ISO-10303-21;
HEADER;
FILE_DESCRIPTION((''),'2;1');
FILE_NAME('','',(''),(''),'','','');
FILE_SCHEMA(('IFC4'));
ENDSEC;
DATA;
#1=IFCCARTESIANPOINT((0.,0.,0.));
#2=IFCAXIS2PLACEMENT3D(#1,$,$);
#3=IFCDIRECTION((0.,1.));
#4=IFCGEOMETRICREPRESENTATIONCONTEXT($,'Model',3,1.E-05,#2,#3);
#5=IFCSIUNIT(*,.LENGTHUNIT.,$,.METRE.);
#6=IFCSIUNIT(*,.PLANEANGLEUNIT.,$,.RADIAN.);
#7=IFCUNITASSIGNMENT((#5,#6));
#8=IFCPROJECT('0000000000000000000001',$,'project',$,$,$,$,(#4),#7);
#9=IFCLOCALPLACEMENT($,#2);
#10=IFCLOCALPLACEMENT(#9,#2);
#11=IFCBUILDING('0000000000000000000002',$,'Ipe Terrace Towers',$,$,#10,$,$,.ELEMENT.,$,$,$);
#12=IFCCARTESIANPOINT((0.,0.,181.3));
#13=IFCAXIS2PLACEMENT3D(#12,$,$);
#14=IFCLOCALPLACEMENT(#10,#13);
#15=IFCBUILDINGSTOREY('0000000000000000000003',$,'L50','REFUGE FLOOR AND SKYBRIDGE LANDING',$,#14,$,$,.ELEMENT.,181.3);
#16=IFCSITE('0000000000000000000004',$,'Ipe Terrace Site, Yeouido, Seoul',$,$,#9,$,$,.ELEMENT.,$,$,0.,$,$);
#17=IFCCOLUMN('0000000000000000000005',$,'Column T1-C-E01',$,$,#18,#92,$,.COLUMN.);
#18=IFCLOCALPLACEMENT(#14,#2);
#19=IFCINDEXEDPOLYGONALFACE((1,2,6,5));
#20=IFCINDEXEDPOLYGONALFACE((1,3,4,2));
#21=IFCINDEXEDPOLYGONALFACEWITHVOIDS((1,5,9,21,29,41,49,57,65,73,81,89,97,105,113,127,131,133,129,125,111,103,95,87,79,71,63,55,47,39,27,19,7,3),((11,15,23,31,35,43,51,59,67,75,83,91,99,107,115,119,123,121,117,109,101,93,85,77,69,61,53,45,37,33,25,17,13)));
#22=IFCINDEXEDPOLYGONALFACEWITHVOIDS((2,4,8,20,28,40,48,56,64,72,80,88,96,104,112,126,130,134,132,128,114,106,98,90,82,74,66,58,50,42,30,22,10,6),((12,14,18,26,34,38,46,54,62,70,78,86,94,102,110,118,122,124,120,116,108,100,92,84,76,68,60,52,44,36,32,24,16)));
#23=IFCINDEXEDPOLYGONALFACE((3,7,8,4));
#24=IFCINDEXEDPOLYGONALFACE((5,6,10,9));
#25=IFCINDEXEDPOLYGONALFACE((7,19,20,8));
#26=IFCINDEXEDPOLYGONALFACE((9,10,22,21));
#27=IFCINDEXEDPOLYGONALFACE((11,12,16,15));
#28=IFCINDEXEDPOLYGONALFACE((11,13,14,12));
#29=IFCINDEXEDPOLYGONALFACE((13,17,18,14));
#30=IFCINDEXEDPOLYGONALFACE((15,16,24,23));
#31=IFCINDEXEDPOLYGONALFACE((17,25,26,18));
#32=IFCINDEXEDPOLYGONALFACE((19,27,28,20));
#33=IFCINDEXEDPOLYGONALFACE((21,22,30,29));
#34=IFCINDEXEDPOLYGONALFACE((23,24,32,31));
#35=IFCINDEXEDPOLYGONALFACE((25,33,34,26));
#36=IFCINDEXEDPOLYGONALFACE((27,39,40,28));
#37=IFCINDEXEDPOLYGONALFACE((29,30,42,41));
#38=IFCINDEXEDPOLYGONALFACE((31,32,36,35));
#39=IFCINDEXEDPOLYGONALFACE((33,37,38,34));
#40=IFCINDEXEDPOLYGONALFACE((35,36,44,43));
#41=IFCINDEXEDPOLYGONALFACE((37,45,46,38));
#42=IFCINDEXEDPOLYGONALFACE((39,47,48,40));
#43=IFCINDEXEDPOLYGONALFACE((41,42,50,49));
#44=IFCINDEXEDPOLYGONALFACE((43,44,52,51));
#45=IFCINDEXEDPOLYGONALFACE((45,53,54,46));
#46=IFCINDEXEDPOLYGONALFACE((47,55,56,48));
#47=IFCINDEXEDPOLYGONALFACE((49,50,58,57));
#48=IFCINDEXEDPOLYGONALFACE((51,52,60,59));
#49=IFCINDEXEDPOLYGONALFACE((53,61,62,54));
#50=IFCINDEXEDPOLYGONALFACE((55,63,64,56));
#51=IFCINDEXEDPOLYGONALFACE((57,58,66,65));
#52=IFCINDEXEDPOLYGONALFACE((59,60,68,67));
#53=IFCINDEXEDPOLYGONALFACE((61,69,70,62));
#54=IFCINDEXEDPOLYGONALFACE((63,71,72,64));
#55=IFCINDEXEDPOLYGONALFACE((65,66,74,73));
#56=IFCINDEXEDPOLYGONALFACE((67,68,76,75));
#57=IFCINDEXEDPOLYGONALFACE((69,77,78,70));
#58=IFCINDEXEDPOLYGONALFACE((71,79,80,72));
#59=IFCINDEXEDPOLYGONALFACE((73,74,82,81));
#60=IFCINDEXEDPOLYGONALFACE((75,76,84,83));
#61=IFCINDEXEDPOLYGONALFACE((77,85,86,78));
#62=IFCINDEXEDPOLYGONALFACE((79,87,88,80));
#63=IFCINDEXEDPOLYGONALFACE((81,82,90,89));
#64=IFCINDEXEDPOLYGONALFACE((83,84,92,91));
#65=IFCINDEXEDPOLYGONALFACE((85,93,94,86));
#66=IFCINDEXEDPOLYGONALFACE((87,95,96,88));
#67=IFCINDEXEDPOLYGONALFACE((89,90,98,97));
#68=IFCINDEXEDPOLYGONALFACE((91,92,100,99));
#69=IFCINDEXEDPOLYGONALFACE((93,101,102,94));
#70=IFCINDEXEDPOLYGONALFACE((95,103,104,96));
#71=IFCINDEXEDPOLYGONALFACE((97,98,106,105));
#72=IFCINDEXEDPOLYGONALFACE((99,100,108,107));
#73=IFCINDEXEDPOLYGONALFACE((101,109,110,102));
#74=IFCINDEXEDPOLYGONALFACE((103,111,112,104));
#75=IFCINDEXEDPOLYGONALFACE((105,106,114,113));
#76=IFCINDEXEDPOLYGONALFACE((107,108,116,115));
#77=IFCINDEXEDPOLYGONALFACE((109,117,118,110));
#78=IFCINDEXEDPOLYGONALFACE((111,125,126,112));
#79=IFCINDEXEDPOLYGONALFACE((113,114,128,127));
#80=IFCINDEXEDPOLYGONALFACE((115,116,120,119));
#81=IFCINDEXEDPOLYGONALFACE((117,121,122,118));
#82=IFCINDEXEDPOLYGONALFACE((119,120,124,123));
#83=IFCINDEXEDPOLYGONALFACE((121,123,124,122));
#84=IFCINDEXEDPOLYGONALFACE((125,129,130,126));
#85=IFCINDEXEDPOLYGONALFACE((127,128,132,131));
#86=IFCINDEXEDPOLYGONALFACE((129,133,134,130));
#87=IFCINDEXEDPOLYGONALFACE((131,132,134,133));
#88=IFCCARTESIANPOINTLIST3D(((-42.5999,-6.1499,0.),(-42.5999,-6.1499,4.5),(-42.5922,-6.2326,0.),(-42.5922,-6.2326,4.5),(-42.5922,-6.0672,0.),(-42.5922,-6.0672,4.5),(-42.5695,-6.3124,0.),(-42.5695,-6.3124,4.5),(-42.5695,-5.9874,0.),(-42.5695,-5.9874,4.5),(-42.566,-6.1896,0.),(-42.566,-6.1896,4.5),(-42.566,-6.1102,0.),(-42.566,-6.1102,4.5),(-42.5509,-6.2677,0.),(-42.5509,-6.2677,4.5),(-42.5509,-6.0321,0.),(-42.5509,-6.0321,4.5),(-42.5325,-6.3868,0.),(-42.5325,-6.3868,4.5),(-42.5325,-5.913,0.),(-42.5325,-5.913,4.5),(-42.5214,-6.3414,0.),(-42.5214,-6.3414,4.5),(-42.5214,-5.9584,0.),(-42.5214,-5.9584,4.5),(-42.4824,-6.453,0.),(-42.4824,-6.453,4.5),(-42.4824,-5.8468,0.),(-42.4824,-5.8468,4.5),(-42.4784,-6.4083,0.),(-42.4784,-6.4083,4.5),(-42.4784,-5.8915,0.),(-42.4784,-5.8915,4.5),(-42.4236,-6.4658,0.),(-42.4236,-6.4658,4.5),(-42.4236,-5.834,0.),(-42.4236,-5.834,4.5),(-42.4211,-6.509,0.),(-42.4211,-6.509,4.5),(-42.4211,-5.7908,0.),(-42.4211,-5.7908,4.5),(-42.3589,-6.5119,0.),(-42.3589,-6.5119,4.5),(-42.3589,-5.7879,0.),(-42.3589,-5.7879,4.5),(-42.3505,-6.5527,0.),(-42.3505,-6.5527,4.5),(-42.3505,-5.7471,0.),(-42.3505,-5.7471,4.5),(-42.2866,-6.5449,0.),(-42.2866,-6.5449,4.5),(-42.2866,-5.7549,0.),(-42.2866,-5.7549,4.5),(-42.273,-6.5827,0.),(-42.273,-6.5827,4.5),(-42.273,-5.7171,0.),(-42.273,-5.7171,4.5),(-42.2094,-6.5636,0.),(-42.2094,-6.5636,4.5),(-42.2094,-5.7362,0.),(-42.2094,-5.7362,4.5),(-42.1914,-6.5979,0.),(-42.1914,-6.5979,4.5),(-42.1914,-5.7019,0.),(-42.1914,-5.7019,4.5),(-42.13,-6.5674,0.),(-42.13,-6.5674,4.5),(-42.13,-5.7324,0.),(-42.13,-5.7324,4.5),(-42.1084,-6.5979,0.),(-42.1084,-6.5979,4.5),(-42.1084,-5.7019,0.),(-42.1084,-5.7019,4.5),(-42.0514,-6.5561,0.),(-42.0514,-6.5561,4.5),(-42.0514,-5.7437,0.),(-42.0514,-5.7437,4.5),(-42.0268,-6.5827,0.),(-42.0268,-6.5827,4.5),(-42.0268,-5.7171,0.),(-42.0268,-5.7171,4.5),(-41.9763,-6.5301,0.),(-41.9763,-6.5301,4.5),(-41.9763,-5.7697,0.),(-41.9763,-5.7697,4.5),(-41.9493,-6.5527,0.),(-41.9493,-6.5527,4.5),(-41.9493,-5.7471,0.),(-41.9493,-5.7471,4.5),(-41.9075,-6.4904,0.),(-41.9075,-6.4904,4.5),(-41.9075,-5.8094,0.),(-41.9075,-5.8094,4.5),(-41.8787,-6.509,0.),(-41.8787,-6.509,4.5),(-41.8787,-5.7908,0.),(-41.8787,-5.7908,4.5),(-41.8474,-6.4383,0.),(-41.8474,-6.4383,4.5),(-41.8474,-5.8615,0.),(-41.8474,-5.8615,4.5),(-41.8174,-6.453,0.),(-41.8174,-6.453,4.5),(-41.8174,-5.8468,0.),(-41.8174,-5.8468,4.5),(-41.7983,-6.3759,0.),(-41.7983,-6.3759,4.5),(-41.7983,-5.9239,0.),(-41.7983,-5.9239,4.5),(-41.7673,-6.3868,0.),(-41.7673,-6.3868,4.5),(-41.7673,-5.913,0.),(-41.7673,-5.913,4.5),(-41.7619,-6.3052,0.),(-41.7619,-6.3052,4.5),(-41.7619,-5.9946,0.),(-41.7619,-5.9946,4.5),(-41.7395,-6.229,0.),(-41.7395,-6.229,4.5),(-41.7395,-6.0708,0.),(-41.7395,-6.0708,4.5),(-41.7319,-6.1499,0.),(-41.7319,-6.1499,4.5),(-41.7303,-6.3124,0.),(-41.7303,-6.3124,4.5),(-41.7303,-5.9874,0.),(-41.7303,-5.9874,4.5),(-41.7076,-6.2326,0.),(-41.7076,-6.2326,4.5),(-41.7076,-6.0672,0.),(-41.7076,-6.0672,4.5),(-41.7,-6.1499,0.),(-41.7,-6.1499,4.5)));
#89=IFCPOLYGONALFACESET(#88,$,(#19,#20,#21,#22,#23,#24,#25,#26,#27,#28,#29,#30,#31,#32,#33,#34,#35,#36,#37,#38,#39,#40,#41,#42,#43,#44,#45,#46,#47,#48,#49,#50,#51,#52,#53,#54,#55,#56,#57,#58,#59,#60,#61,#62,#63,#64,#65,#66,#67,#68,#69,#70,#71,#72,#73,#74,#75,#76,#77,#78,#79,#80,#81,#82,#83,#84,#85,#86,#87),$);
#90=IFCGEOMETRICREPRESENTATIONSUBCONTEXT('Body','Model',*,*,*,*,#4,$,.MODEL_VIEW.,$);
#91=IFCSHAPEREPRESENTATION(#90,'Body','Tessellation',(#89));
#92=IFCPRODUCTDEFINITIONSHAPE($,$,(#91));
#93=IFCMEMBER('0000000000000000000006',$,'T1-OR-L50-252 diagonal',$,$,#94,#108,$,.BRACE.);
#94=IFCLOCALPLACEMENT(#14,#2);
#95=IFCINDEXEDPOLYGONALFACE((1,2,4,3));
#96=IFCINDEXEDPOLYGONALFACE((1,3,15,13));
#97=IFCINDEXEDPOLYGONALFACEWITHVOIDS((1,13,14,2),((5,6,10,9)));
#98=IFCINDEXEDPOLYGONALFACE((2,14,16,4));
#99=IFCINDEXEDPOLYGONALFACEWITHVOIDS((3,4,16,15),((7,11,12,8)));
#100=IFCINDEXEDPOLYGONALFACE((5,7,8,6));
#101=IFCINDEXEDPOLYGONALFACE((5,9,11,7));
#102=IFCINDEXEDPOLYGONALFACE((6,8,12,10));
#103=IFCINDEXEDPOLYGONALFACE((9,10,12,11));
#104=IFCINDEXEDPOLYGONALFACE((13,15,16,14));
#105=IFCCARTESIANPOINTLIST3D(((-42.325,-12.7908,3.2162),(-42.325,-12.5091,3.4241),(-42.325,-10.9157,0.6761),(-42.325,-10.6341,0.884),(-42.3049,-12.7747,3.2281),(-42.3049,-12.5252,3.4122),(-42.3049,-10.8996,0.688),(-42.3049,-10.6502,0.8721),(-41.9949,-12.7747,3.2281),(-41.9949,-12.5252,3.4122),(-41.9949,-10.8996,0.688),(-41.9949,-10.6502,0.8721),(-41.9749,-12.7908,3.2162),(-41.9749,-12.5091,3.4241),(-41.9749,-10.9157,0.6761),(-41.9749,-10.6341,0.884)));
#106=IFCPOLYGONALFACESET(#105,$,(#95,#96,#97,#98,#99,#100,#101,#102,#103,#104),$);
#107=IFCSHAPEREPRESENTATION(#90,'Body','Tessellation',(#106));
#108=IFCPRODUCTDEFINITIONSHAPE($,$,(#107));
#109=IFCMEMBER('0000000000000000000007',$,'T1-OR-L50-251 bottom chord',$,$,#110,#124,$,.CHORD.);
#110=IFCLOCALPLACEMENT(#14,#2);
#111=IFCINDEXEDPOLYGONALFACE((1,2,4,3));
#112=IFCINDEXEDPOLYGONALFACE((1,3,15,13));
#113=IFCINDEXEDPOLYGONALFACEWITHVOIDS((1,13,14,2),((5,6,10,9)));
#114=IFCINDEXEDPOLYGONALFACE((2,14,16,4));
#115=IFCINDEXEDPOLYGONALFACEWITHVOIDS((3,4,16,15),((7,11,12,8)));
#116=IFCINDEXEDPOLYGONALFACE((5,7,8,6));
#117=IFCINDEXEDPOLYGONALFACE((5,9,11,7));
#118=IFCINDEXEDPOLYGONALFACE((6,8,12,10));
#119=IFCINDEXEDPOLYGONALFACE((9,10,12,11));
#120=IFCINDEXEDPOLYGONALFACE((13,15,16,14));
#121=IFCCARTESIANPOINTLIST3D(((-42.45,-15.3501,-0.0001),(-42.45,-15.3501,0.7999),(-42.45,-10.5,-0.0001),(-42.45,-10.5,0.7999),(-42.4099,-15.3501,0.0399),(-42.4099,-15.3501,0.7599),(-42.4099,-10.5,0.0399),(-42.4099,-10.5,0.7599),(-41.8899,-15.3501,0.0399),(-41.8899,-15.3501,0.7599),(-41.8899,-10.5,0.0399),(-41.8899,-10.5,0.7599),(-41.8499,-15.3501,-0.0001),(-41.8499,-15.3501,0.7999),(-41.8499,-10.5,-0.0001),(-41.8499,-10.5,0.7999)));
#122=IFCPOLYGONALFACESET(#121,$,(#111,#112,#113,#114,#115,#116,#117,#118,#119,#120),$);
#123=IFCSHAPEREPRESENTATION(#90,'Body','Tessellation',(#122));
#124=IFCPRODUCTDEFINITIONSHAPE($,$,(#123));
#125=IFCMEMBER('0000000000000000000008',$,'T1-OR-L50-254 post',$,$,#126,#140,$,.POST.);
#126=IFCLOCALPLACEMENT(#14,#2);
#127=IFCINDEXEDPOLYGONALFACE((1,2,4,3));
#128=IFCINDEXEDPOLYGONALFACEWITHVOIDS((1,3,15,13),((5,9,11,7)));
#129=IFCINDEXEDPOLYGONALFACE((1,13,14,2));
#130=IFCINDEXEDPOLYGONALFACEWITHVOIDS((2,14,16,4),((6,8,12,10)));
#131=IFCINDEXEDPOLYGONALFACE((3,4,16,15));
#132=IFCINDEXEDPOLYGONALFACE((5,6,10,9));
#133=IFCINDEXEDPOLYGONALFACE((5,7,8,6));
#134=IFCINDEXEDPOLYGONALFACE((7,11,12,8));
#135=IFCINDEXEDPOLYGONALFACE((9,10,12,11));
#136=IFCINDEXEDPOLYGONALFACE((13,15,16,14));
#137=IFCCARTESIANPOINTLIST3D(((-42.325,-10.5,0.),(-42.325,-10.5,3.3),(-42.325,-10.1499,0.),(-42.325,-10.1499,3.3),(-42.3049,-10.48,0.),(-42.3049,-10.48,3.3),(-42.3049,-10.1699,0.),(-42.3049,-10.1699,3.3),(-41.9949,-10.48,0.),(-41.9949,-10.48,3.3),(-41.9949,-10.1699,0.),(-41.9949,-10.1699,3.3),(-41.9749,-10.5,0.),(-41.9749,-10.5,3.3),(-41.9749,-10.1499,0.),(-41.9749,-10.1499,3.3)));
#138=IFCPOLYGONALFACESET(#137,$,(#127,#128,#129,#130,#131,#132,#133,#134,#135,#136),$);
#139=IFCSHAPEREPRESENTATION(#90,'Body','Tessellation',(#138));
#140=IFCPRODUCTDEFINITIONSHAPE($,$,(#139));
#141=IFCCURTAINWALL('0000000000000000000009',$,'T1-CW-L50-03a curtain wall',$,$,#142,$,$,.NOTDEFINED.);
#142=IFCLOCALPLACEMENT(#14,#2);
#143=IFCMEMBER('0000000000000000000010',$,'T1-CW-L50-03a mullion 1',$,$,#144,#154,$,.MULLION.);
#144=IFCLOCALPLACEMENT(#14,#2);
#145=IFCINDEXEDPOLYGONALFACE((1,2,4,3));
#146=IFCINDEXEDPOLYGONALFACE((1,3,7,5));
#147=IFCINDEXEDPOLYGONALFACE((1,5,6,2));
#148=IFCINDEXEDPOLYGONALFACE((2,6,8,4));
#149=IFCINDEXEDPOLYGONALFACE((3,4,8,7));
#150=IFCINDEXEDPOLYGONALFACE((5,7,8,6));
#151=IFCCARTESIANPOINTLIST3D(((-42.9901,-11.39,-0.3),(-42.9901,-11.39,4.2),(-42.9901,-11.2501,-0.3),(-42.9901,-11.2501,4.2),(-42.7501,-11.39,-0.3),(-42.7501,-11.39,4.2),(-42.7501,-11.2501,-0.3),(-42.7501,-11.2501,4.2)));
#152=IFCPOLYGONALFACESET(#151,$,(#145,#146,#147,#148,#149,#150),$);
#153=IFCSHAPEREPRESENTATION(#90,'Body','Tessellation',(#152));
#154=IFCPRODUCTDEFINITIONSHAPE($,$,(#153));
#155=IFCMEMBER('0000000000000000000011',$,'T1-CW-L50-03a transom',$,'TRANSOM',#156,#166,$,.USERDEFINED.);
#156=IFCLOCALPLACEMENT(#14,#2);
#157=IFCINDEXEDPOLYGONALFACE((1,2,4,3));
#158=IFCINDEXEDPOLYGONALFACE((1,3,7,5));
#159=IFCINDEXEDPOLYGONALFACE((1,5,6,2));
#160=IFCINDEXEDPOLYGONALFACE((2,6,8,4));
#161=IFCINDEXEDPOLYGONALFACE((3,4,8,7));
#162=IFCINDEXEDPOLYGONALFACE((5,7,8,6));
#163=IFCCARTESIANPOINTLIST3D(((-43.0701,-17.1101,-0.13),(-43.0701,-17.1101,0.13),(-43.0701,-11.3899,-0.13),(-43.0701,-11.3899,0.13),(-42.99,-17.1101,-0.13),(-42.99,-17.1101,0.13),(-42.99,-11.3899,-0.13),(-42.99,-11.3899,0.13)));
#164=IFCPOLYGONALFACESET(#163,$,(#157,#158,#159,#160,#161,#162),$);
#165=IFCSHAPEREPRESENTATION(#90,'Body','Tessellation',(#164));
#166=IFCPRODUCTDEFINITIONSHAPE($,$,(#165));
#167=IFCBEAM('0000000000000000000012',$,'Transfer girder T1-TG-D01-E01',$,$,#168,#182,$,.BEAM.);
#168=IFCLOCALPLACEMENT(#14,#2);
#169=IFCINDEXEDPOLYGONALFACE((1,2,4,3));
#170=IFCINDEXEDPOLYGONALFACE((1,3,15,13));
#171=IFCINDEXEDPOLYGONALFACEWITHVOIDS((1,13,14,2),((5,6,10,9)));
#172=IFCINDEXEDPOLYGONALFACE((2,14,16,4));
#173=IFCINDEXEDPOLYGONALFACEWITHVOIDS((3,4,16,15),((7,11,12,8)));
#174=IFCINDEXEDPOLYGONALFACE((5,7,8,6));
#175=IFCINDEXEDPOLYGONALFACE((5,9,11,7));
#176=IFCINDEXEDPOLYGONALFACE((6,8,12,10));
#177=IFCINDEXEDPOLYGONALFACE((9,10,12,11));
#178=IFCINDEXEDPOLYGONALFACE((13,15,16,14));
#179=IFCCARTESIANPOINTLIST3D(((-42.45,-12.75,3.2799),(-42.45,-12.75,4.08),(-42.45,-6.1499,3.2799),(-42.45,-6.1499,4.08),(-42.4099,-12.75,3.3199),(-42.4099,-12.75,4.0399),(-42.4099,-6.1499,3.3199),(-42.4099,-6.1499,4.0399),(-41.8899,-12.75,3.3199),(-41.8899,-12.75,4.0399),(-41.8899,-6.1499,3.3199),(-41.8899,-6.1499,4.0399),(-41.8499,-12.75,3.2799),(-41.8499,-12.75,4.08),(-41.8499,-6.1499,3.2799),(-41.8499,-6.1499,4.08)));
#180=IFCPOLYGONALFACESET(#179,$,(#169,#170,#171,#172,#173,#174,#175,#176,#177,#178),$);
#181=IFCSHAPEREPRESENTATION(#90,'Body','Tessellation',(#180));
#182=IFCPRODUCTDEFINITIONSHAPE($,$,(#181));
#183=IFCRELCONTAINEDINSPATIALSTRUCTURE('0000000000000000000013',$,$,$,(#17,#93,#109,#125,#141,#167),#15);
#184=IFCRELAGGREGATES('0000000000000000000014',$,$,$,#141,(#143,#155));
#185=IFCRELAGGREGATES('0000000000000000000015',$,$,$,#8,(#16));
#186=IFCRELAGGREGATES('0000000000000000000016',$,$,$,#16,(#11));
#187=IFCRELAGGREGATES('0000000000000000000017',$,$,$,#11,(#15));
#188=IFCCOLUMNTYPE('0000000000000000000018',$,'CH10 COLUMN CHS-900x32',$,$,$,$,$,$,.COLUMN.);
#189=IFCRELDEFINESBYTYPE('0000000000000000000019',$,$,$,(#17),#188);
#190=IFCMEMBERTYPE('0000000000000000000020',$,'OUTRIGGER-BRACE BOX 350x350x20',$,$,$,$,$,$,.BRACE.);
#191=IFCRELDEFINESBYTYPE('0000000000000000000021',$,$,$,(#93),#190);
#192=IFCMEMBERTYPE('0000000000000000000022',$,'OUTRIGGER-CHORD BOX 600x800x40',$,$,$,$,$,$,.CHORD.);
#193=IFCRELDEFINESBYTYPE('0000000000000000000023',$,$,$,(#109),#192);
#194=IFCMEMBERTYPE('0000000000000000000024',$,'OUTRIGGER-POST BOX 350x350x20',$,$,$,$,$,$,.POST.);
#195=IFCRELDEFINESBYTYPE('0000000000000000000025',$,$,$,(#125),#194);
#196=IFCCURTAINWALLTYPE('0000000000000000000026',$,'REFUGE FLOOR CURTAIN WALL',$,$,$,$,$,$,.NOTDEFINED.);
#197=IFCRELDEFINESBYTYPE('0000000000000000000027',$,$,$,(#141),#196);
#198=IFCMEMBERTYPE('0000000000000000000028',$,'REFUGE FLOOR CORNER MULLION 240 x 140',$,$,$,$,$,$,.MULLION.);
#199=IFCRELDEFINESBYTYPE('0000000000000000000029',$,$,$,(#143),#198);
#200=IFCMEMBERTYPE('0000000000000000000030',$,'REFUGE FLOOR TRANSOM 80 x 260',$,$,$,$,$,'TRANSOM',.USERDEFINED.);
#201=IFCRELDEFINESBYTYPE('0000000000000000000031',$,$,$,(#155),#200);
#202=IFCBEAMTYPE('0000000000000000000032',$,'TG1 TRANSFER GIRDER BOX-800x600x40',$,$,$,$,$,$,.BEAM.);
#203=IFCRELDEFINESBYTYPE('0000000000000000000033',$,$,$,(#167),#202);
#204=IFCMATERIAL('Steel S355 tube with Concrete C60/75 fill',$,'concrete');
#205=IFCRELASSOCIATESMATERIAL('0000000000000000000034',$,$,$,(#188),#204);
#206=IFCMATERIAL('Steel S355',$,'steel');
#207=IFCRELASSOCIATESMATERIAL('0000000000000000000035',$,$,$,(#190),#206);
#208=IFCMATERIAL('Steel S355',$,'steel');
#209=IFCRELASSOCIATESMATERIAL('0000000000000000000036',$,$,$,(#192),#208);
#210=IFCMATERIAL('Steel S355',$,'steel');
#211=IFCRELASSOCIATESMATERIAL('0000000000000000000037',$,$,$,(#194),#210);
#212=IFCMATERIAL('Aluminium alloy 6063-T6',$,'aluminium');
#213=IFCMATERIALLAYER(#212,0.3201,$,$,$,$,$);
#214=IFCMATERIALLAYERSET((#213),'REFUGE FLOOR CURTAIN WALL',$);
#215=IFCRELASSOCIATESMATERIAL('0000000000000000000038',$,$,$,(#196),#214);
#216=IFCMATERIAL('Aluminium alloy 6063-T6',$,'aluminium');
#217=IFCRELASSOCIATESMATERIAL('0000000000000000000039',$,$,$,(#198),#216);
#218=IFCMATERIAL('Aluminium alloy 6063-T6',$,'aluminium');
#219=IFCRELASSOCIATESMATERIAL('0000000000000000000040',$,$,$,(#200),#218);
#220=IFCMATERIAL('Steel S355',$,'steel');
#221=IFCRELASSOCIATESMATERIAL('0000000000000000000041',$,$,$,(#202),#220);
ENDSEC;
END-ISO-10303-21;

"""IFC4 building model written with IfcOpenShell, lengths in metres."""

from ifc_helpers import new_model, si_unit, direction, frame, origin, origin_2d, place, context, subcontext, project, spatial, rectangle, hollow_rectangle, hollow_circle, extrude, material, layer, layer_set, material_profile, profile_set, type_object, element, aggregate, save


model = new_model("IFC4")

# Units and contexts
model_context = context("Model", 3, precision=1e-05, world=origin(), true_north=direction((0.0, 1.0)))
body_context = subcontext(model_context, "Body", "Model", "MODEL_VIEW")
ifc_project = project(units=[si_unit("LENGTHUNIT", "METRE"), si_unit("PLANEANGLEUNIT", "RADIAN")], contexts=[model_context])

# Site, building, storey
site_placement = place(None, origin())
site = spatial("IfcSite", under=ifc_project, at=site_placement, Name="Ipe Terrace Site, Yeouido, Seoul", CompositionType="ELEMENT", RefElevation=0.0)
building_placement = place(site_placement, origin())
building = spatial("IfcBuilding", under=site, at=building_placement, Name="Ipe Terrace Towers", CompositionType="ELEMENT")
storey_placement = place(building_placement, frame((0.0, 0.0, 181.3)))
storey = spatial("IfcBuildingStorey", under=building, at=storey_placement, Name="L50", Description="REFUGE FLOOR AND SKYBRIDGE LANDING", CompositionType="ELEMENT", Elevation=181.3)

# Column
ifc_material_1 = material(Name="Steel S355 tube with Concrete C60/75 fill", Category="concrete")
ifc_material_profile_1 = material_profile(ifc_material_1, hollow_circle(Radius=0.45, WallThickness=0.032, at=origin_2d()), Name="CHS-900x32")
ifc_profile_set_1 = profile_set([ifc_material_profile_1], Name="Steel S355 tube with Concrete C60/75 fill")
column_type = type_object("IfcColumnType", Name="CH10 COLUMN CHS-900x32", PredefinedType="COLUMN", material=ifc_profile_set_1)
column_placement = place(storey_placement, frame((-42.1499, -6.1499, 0.0), z_axis=(0.0, 0.0, 1.0), x_axis=(1.0, 0.0, 0.0)))
element("IfcColumn", 1, at=column_placement, inside=storey, type_object=column_type, Name="Column T1-C-E01", PredefinedType="COLUMN", context=body_context, shape_type="SweptSolid", body=[
    extrude(hollow_circle(Radius=0.45, WallThickness=0.032, at=origin_2d()), origin(), (0.0, 0.0, 1.0), 4.5),
])

# Members
ifc_material_2 = material(Name="Steel S355", Category="steel")
ifc_material_profile_2 = material_profile(ifc_material_2, hollow_rectangle(XDim=0.3501, YDim=0.3501, WallThickness=0.02, at=origin_2d()), Name="OUTRIGGER-BRACE BOX 350x350x20")
ifc_profile_set_2 = profile_set([ifc_material_profile_2], Name="Steel S355")
member_type_1 = type_object("IfcMemberType", Name="OUTRIGGER-BRACE BOX 350x350x20", PredefinedType="BRACE", material=ifc_profile_set_2)
member_1_placement = place(storey_placement, frame((-42.1499, -10.7749, 0.78), z_axis=(0.0, -0.593895, 0.804542), x_axis=(1.0, 0.0, 0.0)))
element("IfcMember", 2, at=member_1_placement, inside=storey, type_object=member_type_1, Name="T1-OR-L50-252 diagonal", PredefinedType="BRACE", context=body_context, shape_type="SweptSolid", body=[
    extrude(hollow_rectangle(XDim=0.3501, YDim=0.3501, WallThickness=0.02, at=origin_2d()), origin(), (0.0, 0.0, 1.0), 3.1572),
])
ifc_material_3 = material(Name="Steel S355", Category="steel")
ifc_material_profile_3 = material_profile(ifc_material_3, hollow_rectangle(XDim=0.6001, YDim=0.8, WallThickness=0.04, at=origin_2d()), Name="OUTRIGGER-CHORD BOX 600x800x40")
ifc_profile_set_3 = profile_set([ifc_material_profile_3], Name="Steel S355")
member_type_2 = type_object("IfcMemberType", Name="OUTRIGGER-CHORD BOX 600x800x40", PredefinedType="CHORD", material=ifc_profile_set_3)
member_2_placement = place(storey_placement, frame((-42.1499, -10.5, 0.3999), z_axis=(0.0, -1.0, 0.0), x_axis=(1.0, 0.0, 0.0)))
element("IfcMember", 3, at=member_2_placement, inside=storey, type_object=member_type_2, Name="T1-OR-L50-251 bottom chord", PredefinedType="CHORD", context=body_context, shape_type="SweptSolid", body=[
    extrude(hollow_rectangle(XDim=0.6001, YDim=0.8, WallThickness=0.04, at=origin_2d()), origin(), (0.0, 0.0, 1.0), 4.8501),
])
ifc_material_4 = material(Name="Steel S355", Category="steel")
ifc_material_profile_4 = material_profile(ifc_material_4, hollow_rectangle(XDim=0.3501, YDim=0.3501, WallThickness=0.02, at=origin_2d()), Name="OUTRIGGER-POST BOX 350x350x20")
ifc_profile_set_4 = profile_set([ifc_material_profile_4], Name="Steel S355")
member_type_3 = type_object("IfcMemberType", Name="OUTRIGGER-POST BOX 350x350x20", PredefinedType="POST", material=ifc_profile_set_4)
member_3_placement = place(storey_placement, frame((-42.1499, -10.325, 0.0), z_axis=(0.0, 0.0, 1.0), x_axis=(1.0, 0.0, 0.0)))
element("IfcMember", 4, at=member_3_placement, inside=storey, type_object=member_type_3, Name="T1-OR-L50-254 post", PredefinedType="POST", context=body_context, shape_type="SweptSolid", body=[
    extrude(hollow_rectangle(XDim=0.3501, YDim=0.3501, WallThickness=0.02, at=origin_2d()), origin(), (0.0, 0.0, 1.0), 3.3),
])

# Curtain wall, members
ifc_material_5 = material(Name="Aluminium alloy 6063-T6", Category="aluminium")
ifc_layer_1 = layer(ifc_material_5, 0.3201)
ifc_layer_set_1 = layer_set([ifc_layer_1], Name="REFUGE FLOOR CURTAIN WALL")
curtain_wall_type = type_object("IfcCurtainWallType", Name="REFUGE FLOOR CURTAIN WALL", PredefinedType="NOTDEFINED", material=ifc_layer_set_1)
curtain_wall_placement = place(storey_placement, origin())
curtain_wall = element("IfcCurtainWall", 5, at=curtain_wall_placement, inside=storey, type_object=curtain_wall_type, Name="T1-CW-L50-03a curtain wall", PredefinedType="NOTDEFINED")
ifc_material_6 = material(Name="Aluminium alloy 6063-T6", Category="aluminium")
ifc_material_profile_5 = material_profile(ifc_material_6, rectangle(XDim=0.24, YDim=0.1399, at=origin_2d()), Name="REFUGE FLOOR CORNER MULLION 240 x 140")
ifc_profile_set_5 = profile_set([ifc_material_profile_5], Name="Aluminium alloy 6063-T6")
member_type_4 = type_object("IfcMemberType", Name="REFUGE FLOOR CORNER MULLION 240 x 140", PredefinedType="MULLION", material=ifc_profile_set_5)
member_4_placement = place(storey_placement, frame((-42.8701, -11.3201, -0.3), z_axis=(0.0, 0.0, 1.0), x_axis=(-1.0, 0.0, 0.0)))
member_4 = element("IfcMember", 6, at=member_4_placement, type_object=member_type_4, Name="T1-CW-L50-03a mullion 1", PredefinedType="MULLION", context=body_context, shape_type="SweptSolid", body=[
    extrude(rectangle(XDim=0.24, YDim=0.1399, at=origin_2d()), origin(), (0.0, 0.0, 1.0), 4.5),
])
ifc_material_7 = material(Name="Aluminium alloy 6063-T6", Category="aluminium")
ifc_material_profile_6 = material_profile(ifc_material_7, rectangle(XDim=0.0801, YDim=0.26, at=origin_2d()), Name="REFUGE FLOOR TRANSOM 80 x 260")
ifc_profile_set_6 = profile_set([ifc_material_profile_6], Name="Aluminium alloy 6063-T6")
member_type_5 = type_object("IfcMemberType", Name="REFUGE FLOOR TRANSOM 80 x 260", ElementType="TRANSOM", PredefinedType="USERDEFINED", material=ifc_profile_set_6)
member_5_placement = place(storey_placement, frame((-43.03, -11.3899, 0.0), z_axis=(0.0, -1.0, 0.0), x_axis=(-1.0, 0.0, 0.0)))
member_5 = element("IfcMember", 7, at=member_5_placement, type_object=member_type_5, Name="T1-CW-L50-03a transom", ObjectType="TRANSOM", PredefinedType="USERDEFINED", context=body_context, shape_type="SweptSolid", body=[
    extrude(rectangle(XDim=0.0801, YDim=0.26, at=origin_2d()), origin(), (0.0, 0.0, 1.0), 5.7202),
])
aggregate(curtain_wall, [member_4, member_5])

# Beam
ifc_material_8 = material(Name="Steel S355", Category="steel")
ifc_material_profile_7 = material_profile(ifc_material_8, hollow_rectangle(XDim=0.6001, YDim=0.8, WallThickness=0.04, at=origin_2d()), Name="BOX-800x600x40")
ifc_profile_set_7 = profile_set([ifc_material_profile_7], Name="Steel S355")
beam_type = type_object("IfcBeamType", Name="TG1 TRANSFER GIRDER BOX-800x600x40", PredefinedType="BEAM", material=ifc_profile_set_7)
beam_1_placement = place(storey_placement, frame((-42.1499, -6.1499, 3.6799), z_axis=(0.0, -1.0, 0.0), x_axis=(1.0, 0.0, 0.0)))
element("IfcBeam", 8, at=beam_1_placement, inside=storey, type_object=beam_type, Name="Transfer girder T1-TG-D01-E01", PredefinedType="BEAM", context=body_context, shape_type="SweptSolid", body=[
    extrude(hollow_rectangle(XDim=0.6001, YDim=0.8, WallThickness=0.04, at=origin_2d()), origin(), (0.0, 0.0, 1.0), 6.6001),
])

save(model, "model.ifc")
